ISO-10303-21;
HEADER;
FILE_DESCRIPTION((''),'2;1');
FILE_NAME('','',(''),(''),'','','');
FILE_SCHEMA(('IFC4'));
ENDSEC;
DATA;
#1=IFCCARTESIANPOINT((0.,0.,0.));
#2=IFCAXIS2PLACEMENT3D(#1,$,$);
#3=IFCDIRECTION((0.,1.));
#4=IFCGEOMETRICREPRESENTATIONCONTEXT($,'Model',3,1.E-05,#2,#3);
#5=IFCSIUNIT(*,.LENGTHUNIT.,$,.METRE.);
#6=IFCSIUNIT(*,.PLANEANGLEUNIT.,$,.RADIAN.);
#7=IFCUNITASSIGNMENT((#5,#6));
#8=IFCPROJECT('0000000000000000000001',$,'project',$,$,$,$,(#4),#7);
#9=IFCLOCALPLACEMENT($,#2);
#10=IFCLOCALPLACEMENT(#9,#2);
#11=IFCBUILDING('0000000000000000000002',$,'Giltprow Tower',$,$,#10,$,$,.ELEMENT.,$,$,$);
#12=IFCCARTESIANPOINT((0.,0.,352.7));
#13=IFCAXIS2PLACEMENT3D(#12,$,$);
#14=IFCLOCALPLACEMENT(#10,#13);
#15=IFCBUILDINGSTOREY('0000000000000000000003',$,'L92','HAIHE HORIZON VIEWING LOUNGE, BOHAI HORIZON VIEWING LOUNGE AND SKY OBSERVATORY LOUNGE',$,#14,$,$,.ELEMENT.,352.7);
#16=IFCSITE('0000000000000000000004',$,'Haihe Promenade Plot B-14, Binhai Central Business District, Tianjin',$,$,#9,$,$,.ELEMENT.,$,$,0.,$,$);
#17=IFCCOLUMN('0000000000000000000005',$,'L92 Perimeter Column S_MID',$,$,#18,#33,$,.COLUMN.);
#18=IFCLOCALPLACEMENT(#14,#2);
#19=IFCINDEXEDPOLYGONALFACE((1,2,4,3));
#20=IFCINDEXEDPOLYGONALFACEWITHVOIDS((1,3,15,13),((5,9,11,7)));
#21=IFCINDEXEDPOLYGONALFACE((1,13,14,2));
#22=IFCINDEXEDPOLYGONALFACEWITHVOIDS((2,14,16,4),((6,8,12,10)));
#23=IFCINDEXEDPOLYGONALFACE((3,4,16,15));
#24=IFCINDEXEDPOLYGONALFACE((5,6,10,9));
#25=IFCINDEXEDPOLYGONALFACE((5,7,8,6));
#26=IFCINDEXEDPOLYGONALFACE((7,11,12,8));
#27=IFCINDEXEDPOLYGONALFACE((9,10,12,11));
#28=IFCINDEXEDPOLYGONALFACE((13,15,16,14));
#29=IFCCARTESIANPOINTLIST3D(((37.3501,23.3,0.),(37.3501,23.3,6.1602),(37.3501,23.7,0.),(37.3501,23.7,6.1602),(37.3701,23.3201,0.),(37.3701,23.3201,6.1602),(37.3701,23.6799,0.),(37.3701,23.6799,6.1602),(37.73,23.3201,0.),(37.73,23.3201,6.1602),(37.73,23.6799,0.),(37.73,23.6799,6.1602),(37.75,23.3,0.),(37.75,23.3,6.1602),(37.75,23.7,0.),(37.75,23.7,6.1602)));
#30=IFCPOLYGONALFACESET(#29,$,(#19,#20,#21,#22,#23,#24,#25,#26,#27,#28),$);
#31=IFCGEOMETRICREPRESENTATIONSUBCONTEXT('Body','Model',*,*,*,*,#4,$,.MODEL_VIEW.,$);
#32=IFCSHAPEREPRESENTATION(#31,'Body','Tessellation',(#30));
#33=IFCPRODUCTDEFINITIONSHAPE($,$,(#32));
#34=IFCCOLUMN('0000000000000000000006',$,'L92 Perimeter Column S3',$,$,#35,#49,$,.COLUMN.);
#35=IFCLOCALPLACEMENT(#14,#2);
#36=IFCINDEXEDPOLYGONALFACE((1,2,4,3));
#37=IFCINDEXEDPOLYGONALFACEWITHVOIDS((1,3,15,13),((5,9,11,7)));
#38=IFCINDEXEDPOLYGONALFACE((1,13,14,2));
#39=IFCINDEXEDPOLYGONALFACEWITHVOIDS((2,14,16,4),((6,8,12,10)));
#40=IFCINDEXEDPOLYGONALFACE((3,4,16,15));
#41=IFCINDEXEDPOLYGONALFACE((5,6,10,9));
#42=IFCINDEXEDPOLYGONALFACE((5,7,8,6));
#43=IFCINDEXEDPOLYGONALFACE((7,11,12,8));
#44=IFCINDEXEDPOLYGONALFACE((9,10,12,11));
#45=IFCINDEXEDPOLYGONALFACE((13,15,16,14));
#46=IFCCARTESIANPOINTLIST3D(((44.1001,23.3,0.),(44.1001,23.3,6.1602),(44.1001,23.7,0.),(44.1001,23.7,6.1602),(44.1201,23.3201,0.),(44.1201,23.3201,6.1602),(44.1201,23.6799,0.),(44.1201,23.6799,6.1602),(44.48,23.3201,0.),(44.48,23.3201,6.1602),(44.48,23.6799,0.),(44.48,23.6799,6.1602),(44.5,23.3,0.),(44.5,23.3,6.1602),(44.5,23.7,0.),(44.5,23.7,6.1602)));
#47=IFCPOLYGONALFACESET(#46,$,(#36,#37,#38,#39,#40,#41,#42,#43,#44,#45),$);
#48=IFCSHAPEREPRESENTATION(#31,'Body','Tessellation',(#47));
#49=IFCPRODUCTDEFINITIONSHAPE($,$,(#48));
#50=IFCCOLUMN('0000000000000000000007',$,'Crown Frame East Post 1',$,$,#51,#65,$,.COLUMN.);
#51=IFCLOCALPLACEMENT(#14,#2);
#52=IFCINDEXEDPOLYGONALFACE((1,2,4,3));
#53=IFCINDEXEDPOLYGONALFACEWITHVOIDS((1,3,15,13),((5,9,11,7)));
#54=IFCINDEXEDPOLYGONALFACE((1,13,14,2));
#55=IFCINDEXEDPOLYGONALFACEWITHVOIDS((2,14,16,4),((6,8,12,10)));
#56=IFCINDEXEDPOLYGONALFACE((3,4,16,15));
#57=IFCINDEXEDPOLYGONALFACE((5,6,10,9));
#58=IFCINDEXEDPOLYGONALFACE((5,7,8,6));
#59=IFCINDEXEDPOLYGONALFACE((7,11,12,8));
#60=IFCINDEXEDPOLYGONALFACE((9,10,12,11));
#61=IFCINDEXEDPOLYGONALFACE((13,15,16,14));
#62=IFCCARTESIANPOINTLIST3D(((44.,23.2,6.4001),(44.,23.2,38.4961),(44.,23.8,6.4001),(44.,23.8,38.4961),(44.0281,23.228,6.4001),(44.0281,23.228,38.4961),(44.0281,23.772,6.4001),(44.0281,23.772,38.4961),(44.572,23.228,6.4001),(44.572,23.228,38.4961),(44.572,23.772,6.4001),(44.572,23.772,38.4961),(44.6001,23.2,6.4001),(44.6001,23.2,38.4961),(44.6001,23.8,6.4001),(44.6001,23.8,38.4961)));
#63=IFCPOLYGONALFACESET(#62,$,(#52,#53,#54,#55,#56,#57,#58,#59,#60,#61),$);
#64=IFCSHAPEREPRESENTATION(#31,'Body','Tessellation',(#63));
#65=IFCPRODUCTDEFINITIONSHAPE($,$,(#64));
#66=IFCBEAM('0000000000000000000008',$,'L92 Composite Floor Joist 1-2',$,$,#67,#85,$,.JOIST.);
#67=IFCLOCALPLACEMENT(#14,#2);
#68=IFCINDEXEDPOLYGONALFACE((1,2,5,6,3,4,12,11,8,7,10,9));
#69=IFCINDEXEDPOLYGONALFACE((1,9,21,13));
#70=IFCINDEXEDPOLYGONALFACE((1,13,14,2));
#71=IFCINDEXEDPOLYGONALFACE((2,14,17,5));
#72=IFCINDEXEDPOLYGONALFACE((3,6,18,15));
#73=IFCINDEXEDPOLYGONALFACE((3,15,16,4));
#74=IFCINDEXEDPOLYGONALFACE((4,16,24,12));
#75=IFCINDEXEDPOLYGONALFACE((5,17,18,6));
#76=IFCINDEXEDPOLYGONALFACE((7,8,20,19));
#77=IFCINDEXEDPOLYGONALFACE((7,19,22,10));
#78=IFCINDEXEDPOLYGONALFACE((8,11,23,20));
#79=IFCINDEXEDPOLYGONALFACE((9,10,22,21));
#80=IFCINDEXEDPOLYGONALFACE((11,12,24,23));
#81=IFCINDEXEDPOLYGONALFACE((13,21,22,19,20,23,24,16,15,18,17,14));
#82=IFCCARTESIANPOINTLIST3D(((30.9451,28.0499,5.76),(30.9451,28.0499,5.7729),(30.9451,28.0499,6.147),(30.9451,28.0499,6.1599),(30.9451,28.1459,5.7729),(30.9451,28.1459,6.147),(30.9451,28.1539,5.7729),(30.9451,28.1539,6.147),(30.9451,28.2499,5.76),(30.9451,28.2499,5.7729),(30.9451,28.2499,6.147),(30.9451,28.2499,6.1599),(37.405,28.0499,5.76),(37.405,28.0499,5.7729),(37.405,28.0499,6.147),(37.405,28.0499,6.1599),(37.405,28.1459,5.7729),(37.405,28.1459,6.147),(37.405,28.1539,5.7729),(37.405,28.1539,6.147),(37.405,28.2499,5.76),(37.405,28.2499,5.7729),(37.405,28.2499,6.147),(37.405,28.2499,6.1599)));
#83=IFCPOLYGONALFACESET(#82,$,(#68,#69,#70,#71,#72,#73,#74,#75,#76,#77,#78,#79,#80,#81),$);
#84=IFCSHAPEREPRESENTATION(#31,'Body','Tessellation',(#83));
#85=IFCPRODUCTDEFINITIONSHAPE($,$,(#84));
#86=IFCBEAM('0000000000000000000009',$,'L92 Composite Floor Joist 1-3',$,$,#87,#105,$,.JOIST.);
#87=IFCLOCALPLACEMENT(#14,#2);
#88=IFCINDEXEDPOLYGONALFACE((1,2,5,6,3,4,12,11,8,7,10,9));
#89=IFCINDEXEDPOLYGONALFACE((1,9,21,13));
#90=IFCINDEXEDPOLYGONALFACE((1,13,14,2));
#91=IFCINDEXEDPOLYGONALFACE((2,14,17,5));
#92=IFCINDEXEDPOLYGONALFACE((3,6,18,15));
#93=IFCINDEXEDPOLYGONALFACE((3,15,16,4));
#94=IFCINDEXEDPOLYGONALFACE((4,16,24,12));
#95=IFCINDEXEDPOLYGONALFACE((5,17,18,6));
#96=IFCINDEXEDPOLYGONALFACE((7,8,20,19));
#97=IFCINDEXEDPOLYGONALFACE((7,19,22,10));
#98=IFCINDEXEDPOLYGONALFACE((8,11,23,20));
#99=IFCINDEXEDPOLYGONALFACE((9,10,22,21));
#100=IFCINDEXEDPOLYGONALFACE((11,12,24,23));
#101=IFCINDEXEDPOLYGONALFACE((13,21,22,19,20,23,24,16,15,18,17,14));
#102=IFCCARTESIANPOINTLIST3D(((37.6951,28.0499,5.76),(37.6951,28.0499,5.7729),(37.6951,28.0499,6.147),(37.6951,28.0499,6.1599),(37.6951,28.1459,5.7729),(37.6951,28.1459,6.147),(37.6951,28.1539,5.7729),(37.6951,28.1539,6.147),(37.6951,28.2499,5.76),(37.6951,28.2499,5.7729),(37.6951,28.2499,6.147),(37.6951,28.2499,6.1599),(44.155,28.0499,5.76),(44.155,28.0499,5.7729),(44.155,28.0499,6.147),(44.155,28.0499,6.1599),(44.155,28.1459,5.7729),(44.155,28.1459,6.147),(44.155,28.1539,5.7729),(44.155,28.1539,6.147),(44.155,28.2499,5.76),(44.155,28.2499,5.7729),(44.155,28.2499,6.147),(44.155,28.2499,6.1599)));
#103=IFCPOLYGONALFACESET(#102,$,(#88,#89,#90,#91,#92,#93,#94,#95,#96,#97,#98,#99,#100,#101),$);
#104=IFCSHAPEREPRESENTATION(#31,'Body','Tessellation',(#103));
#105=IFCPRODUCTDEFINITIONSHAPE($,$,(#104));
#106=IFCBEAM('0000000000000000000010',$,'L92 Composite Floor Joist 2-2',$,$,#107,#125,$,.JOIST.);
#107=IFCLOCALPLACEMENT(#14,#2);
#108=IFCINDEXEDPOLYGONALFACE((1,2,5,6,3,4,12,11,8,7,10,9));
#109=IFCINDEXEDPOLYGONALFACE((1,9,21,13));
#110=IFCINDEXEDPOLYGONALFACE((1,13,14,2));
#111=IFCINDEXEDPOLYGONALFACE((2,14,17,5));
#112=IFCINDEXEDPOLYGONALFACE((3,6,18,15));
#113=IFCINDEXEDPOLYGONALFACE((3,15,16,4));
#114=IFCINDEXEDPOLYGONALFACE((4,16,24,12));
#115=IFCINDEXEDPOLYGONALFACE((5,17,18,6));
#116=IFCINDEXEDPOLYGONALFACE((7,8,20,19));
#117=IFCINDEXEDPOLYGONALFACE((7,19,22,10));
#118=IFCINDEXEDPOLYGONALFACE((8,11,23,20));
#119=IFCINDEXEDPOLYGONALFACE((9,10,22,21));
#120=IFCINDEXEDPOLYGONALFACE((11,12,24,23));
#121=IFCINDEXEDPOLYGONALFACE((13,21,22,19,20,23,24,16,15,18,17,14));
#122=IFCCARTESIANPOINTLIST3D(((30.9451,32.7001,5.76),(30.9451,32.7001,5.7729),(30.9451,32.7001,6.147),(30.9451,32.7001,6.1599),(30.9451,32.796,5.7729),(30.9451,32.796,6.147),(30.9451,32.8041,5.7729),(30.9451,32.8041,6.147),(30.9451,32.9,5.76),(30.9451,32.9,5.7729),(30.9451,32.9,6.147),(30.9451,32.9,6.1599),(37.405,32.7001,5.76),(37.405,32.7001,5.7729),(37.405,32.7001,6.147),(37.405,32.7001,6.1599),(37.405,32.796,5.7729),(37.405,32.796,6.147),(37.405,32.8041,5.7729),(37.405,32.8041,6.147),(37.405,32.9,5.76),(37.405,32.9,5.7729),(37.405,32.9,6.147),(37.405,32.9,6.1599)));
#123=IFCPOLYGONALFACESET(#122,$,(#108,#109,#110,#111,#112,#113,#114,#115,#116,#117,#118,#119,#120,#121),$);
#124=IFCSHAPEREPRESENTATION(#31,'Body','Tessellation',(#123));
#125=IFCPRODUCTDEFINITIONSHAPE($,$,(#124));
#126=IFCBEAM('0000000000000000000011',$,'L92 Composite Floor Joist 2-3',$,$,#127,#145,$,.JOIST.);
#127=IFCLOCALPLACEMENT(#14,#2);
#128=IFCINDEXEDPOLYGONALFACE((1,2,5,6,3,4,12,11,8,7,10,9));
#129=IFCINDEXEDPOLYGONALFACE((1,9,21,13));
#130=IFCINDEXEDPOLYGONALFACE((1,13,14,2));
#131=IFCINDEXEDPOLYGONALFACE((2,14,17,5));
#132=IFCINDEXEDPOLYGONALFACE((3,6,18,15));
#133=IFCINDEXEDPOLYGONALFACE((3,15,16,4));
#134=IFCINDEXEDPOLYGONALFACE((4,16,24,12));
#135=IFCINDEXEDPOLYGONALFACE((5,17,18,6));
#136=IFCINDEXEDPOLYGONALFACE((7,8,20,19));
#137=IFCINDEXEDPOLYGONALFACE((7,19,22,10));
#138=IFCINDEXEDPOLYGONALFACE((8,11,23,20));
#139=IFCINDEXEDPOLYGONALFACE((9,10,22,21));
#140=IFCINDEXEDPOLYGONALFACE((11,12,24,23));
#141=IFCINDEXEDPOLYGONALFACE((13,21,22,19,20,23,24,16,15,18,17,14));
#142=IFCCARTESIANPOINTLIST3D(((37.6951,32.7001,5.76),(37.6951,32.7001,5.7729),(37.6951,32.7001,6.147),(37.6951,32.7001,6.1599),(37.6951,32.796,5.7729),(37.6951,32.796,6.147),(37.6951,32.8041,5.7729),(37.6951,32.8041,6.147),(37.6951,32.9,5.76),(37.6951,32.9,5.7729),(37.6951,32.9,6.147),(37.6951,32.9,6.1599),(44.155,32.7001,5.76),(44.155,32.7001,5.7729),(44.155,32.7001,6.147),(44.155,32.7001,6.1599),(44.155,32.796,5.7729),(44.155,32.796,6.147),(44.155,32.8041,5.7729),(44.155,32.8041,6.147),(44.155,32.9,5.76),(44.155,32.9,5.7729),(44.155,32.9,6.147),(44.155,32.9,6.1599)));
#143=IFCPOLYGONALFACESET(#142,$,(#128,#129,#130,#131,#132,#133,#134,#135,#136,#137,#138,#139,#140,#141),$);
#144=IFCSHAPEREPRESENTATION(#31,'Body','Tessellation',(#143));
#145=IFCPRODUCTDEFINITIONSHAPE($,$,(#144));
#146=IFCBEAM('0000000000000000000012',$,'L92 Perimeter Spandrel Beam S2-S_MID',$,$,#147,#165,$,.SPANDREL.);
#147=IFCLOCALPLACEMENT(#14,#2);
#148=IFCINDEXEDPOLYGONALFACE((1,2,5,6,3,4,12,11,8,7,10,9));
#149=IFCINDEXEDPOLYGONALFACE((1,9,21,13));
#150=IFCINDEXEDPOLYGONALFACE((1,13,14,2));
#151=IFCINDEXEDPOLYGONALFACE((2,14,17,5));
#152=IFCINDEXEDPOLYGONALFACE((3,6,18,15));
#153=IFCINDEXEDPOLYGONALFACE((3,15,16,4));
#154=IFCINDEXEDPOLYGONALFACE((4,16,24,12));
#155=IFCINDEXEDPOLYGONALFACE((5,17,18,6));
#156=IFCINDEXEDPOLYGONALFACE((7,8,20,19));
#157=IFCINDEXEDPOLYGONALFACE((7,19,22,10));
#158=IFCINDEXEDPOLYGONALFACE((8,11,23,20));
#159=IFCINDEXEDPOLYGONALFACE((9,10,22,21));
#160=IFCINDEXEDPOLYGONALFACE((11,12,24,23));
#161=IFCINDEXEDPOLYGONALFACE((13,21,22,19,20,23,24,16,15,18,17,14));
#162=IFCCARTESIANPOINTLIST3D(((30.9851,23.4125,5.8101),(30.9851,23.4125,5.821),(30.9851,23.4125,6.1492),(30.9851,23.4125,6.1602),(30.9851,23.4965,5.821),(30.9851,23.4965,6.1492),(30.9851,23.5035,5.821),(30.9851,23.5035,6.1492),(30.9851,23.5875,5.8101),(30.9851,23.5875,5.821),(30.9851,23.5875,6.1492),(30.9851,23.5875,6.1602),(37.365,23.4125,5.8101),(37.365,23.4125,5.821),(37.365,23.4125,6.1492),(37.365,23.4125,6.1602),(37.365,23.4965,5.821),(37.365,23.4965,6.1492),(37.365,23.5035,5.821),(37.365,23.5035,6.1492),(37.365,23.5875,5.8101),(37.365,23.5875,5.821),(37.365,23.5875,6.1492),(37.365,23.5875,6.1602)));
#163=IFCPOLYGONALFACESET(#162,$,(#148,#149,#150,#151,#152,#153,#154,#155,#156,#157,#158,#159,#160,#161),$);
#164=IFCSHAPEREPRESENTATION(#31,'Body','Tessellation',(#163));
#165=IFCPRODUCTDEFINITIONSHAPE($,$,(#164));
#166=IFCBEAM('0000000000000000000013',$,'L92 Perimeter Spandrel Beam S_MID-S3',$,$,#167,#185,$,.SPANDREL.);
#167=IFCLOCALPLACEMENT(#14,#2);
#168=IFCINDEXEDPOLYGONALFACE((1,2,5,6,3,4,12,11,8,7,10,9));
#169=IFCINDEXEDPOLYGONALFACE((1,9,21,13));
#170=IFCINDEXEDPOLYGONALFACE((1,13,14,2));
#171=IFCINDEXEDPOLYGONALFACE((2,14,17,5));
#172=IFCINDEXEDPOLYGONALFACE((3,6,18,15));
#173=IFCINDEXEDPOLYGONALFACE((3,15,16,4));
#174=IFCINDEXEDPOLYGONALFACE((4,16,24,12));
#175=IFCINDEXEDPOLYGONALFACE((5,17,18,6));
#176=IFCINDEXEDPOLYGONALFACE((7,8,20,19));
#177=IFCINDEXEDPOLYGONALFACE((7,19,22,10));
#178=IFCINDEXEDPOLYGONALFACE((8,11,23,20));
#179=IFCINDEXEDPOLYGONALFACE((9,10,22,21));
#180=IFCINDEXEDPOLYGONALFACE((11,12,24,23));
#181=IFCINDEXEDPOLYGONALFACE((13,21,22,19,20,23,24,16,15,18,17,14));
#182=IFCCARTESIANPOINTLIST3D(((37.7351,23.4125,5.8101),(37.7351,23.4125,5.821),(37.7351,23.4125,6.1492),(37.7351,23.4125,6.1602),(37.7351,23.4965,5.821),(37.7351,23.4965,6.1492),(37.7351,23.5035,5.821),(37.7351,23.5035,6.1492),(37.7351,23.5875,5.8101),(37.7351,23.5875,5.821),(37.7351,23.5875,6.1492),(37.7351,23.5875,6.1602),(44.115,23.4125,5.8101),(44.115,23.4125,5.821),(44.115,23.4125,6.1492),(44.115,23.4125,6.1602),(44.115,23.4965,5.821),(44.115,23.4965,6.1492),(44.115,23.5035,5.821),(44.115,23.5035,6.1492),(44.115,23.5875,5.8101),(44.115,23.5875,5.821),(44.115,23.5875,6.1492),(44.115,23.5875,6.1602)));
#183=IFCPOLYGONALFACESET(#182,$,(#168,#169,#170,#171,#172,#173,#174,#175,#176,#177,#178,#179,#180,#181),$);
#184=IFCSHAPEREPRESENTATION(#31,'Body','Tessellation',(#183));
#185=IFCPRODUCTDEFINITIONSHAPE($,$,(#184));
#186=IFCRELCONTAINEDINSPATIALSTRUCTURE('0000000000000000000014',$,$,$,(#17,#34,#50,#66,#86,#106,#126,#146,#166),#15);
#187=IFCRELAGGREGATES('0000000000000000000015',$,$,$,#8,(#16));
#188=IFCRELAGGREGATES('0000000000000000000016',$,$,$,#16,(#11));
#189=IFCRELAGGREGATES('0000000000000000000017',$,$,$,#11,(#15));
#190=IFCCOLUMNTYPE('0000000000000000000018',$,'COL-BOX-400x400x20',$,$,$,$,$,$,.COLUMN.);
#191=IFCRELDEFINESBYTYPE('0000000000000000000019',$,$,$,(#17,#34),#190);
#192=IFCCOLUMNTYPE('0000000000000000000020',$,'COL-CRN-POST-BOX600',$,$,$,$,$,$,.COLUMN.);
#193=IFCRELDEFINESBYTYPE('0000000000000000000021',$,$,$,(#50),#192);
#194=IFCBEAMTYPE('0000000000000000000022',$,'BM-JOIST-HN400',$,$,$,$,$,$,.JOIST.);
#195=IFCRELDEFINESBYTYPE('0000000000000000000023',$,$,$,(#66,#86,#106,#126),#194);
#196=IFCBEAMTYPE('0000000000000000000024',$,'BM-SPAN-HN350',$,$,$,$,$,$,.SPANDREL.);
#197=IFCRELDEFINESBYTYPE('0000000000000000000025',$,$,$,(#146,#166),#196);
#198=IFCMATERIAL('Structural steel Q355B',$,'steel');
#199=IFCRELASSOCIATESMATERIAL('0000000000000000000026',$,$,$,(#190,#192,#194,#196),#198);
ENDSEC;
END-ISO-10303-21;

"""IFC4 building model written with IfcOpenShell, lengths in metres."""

from ifc_helpers import new_model, si_unit, direction, frame, origin, origin_2d, place, context, subcontext, project, spatial, hollow_rectangle, i_section, extrude, source, transform, mapped, material, material_profile, profile_set, type_object, element, save


model = new_model("IFC4")

# Units and contexts
model_context = context("Model", 3, precision=1e-05, world=origin(), true_north=direction((0.0, 1.0)))
body_context = subcontext(model_context, "Body", "Model", "MODEL_VIEW")
ifc_project = project(units=[si_unit("LENGTHUNIT", "METRE"), si_unit("PLANEANGLEUNIT", "RADIAN")], contexts=[model_context])

# Site, building, storey
site_placement = place(None, origin())
site = spatial("IfcSite", under=ifc_project, at=site_placement, Name="Haihe Promenade Plot B-14, Binhai Central Business District, Tianjin", CompositionType="ELEMENT", RefElevation=0.0)
building_placement = place(site_placement, origin())
building = spatial("IfcBuilding", under=site, at=building_placement, Name="Giltprow Tower", CompositionType="ELEMENT")
storey_placement = place(building_placement, frame((0.0, 0.0, 352.7)))
storey = spatial("IfcBuildingStorey", under=building, at=storey_placement, Name="L92", Description="HAIHE HORIZON VIEWING LOUNGE, BOHAI HORIZON VIEWING LOUNGE AND SKY OBSERVATORY LOUNGE", CompositionType="ELEMENT", Elevation=352.7)

# Columns
ifc_material_1 = material(Name="Structural steel Q355B", Category="steel")
ifc_material_profile_1 = material_profile(ifc_material_1, hollow_rectangle(XDim=0.3999, YDim=0.3999, WallThickness=0.02, at=origin_2d()), Name="BOX 400x400x20")
ifc_profile_set_1 = profile_set([ifc_material_profile_1], Name="Structural steel Q355B")
column_type_1 = type_object("IfcColumnType", Name="COL-BOX-400x400x20", PredefinedType="COLUMN", material=ifc_profile_set_1)
shared_shape_1 = source(origin(), body_context, "Body", "SweptSolid", [
    extrude(hollow_rectangle(XDim=0.3999, YDim=0.3999, WallThickness=0.02, at=origin_2d()), origin(), (0.0, 0.0, 1.0), 6.1602),
])
for number, where, z_axis, x_axis, name in (
    (1, (37.55, 23.5, 0.0), (0.0, 0.0, 1.0), (1.0, 0.0, 0.0), "L92 Perimeter Column S_MID"),
    (2, (44.3, 23.5, 0.0), (0.0, 0.0, 1.0), (1.0, 0.0, 0.0), "L92 Perimeter Column S3"),
):
    element("IfcColumn", number, at=place(storey_placement, frame(where, z_axis=z_axis, x_axis=x_axis)), inside=storey, type_object=column_type_1, Name=name, PredefinedType="COLUMN", context=body_context, shape_type="MappedRepresentation", body=[
        mapped(shared_shape_1, transform((0.0, 0.0, 0.0), x_axis=(1.0, 0.0, 0.0), y_axis=(0.0, 1.0, 0.0), z_axis=(0.0, 0.0, 1.0), scale=1.0)),
    ])
ifc_material_profile_2 = material_profile(ifc_material_1, hollow_rectangle(XDim=0.6001, YDim=0.6001, WallThickness=0.0281, at=origin_2d()), Name="BOX 600x600x28")
ifc_profile_set_2 = profile_set([ifc_material_profile_2], Name="Structural steel Q355B")
column_type_2 = type_object("IfcColumnType", Name="COL-CRN-POST-BOX600", PredefinedType="COLUMN", material=ifc_profile_set_2)
shared_shape_2 = source(origin(), body_context, "Body", "SweptSolid", [
    extrude(hollow_rectangle(XDim=0.6001, YDim=0.6001, WallThickness=0.0281, at=origin_2d()), origin(), (0.0, 0.0, 1.0), 32.0959),
])
column_placement = place(storey_placement, frame((44.3, 23.5, 6.4001), z_axis=(0.0, 0.0, 1.0), x_axis=(1.0, 0.0, 0.0)))
element("IfcColumn", 3, at=column_placement, inside=storey, type_object=column_type_2, Name="Crown Frame East Post 1", PredefinedType="COLUMN", context=body_context, shape_type="MappedRepresentation", body=[
    mapped(shared_shape_2, transform((0.0, 0.0, 0.0), x_axis=(1.0, 0.0, 0.0), y_axis=(0.0, 1.0, 0.0), z_axis=(0.0, 0.0, 1.0), scale=1.0)),
])

# Beams
ifc_material_profile_3 = material_profile(ifc_material_1, i_section(OverallWidth=0.2, OverallDepth=0.3999, WebThickness=0.0081, FlangeThickness=0.0129, at=origin_2d()), Name="HN 400x200x8x13")
ifc_profile_set_3 = profile_set([ifc_material_profile_3], Name="Structural steel Q355B")
beam_type_1 = type_object("IfcBeamType", Name="BM-JOIST-HN400", PredefinedType="JOIST", material=ifc_profile_set_3)
shared_shape_3 = source(origin(), body_context, "Body", "SweptSolid", [
    extrude(i_section(OverallWidth=0.2, OverallDepth=0.3999, WebThickness=0.0081, FlangeThickness=0.0129, at=origin_2d()), origin(), (0.0, 0.0, 1.0), 6.46),
])
for number, where, z_axis, x_axis, name in (
    (4, (30.9451, 28.1499, 5.96), (1.0, 0.0, 0.0), (0.0, 1.0, 0.0), "L92 Composite Floor Joist 1-2"),
    (5, (37.6951, 28.1499, 5.96), (1.0, 0.0, 0.0), (0.0, 1.0, 0.0), "L92 Composite Floor Joist 1-3"),
    (6, (30.9451, 32.8, 5.96), (1.0, 0.0, 0.0), (0.0, 1.0, 0.0), "L92 Composite Floor Joist 2-2"),
    (7, (37.6951, 32.8, 5.96), (1.0, 0.0, 0.0), (0.0, 1.0, 0.0), "L92 Composite Floor Joist 2-3"),
):
    element("IfcBeam", number, at=place(storey_placement, frame(where, z_axis=z_axis, x_axis=x_axis)), inside=storey, type_object=beam_type_1, Name=name, PredefinedType="JOIST", context=body_context, shape_type="MappedRepresentation", body=[
        mapped(shared_shape_3, transform((0.0, 0.0, 0.0), x_axis=(1.0, 0.0, 0.0), y_axis=(0.0, 1.0, 0.0), z_axis=(0.0, 0.0, 1.0), scale=1.0)),
    ])
ifc_material_profile_4 = material_profile(ifc_material_1, i_section(OverallWidth=0.175, OverallDepth=0.3501, WebThickness=0.0071, FlangeThickness=0.011, at=origin_2d()), Name="HN 350x175x7x11")
ifc_profile_set_4 = profile_set([ifc_material_profile_4], Name="Structural steel Q355B")
beam_type_2 = type_object("IfcBeamType", Name="BM-SPAN-HN350", PredefinedType="SPANDREL", material=ifc_profile_set_4)
shared_shape_4 = source(origin(), body_context, "Body", "SweptSolid", [
    extrude(i_section(OverallWidth=0.175, OverallDepth=0.3501, WebThickness=0.0071, FlangeThickness=0.011, at=origin_2d()), origin(), (0.0, 0.0, 1.0), 6.3799),
])
for number, where, z_axis, x_axis, name in (
    (8, (30.9851, 23.5, 5.9851), (1.0, 0.0, 0.0), (0.0, 1.0, 0.0), "L92 Perimeter Spandrel Beam S2-S_MID"),
    (9, (37.7351, 23.5, 5.9851), (1.0, 0.0, 0.0), (0.0, 1.0, 0.0), "L92 Perimeter Spandrel Beam S_MID-S3"),
):
    element("IfcBeam", number, at=place(storey_placement, frame(where, z_axis=z_axis, x_axis=x_axis)), inside=storey, type_object=beam_type_2, Name=name, PredefinedType="SPANDREL", context=body_context, shape_type="MappedRepresentation", body=[
        mapped(shared_shape_4, transform((0.0, 0.0, 0.0), x_axis=(1.0, 0.0, 0.0), y_axis=(0.0, 1.0, 0.0), z_axis=(0.0, 0.0, 1.0), scale=1.0)),
    ])

save(model, "model.ifc")
